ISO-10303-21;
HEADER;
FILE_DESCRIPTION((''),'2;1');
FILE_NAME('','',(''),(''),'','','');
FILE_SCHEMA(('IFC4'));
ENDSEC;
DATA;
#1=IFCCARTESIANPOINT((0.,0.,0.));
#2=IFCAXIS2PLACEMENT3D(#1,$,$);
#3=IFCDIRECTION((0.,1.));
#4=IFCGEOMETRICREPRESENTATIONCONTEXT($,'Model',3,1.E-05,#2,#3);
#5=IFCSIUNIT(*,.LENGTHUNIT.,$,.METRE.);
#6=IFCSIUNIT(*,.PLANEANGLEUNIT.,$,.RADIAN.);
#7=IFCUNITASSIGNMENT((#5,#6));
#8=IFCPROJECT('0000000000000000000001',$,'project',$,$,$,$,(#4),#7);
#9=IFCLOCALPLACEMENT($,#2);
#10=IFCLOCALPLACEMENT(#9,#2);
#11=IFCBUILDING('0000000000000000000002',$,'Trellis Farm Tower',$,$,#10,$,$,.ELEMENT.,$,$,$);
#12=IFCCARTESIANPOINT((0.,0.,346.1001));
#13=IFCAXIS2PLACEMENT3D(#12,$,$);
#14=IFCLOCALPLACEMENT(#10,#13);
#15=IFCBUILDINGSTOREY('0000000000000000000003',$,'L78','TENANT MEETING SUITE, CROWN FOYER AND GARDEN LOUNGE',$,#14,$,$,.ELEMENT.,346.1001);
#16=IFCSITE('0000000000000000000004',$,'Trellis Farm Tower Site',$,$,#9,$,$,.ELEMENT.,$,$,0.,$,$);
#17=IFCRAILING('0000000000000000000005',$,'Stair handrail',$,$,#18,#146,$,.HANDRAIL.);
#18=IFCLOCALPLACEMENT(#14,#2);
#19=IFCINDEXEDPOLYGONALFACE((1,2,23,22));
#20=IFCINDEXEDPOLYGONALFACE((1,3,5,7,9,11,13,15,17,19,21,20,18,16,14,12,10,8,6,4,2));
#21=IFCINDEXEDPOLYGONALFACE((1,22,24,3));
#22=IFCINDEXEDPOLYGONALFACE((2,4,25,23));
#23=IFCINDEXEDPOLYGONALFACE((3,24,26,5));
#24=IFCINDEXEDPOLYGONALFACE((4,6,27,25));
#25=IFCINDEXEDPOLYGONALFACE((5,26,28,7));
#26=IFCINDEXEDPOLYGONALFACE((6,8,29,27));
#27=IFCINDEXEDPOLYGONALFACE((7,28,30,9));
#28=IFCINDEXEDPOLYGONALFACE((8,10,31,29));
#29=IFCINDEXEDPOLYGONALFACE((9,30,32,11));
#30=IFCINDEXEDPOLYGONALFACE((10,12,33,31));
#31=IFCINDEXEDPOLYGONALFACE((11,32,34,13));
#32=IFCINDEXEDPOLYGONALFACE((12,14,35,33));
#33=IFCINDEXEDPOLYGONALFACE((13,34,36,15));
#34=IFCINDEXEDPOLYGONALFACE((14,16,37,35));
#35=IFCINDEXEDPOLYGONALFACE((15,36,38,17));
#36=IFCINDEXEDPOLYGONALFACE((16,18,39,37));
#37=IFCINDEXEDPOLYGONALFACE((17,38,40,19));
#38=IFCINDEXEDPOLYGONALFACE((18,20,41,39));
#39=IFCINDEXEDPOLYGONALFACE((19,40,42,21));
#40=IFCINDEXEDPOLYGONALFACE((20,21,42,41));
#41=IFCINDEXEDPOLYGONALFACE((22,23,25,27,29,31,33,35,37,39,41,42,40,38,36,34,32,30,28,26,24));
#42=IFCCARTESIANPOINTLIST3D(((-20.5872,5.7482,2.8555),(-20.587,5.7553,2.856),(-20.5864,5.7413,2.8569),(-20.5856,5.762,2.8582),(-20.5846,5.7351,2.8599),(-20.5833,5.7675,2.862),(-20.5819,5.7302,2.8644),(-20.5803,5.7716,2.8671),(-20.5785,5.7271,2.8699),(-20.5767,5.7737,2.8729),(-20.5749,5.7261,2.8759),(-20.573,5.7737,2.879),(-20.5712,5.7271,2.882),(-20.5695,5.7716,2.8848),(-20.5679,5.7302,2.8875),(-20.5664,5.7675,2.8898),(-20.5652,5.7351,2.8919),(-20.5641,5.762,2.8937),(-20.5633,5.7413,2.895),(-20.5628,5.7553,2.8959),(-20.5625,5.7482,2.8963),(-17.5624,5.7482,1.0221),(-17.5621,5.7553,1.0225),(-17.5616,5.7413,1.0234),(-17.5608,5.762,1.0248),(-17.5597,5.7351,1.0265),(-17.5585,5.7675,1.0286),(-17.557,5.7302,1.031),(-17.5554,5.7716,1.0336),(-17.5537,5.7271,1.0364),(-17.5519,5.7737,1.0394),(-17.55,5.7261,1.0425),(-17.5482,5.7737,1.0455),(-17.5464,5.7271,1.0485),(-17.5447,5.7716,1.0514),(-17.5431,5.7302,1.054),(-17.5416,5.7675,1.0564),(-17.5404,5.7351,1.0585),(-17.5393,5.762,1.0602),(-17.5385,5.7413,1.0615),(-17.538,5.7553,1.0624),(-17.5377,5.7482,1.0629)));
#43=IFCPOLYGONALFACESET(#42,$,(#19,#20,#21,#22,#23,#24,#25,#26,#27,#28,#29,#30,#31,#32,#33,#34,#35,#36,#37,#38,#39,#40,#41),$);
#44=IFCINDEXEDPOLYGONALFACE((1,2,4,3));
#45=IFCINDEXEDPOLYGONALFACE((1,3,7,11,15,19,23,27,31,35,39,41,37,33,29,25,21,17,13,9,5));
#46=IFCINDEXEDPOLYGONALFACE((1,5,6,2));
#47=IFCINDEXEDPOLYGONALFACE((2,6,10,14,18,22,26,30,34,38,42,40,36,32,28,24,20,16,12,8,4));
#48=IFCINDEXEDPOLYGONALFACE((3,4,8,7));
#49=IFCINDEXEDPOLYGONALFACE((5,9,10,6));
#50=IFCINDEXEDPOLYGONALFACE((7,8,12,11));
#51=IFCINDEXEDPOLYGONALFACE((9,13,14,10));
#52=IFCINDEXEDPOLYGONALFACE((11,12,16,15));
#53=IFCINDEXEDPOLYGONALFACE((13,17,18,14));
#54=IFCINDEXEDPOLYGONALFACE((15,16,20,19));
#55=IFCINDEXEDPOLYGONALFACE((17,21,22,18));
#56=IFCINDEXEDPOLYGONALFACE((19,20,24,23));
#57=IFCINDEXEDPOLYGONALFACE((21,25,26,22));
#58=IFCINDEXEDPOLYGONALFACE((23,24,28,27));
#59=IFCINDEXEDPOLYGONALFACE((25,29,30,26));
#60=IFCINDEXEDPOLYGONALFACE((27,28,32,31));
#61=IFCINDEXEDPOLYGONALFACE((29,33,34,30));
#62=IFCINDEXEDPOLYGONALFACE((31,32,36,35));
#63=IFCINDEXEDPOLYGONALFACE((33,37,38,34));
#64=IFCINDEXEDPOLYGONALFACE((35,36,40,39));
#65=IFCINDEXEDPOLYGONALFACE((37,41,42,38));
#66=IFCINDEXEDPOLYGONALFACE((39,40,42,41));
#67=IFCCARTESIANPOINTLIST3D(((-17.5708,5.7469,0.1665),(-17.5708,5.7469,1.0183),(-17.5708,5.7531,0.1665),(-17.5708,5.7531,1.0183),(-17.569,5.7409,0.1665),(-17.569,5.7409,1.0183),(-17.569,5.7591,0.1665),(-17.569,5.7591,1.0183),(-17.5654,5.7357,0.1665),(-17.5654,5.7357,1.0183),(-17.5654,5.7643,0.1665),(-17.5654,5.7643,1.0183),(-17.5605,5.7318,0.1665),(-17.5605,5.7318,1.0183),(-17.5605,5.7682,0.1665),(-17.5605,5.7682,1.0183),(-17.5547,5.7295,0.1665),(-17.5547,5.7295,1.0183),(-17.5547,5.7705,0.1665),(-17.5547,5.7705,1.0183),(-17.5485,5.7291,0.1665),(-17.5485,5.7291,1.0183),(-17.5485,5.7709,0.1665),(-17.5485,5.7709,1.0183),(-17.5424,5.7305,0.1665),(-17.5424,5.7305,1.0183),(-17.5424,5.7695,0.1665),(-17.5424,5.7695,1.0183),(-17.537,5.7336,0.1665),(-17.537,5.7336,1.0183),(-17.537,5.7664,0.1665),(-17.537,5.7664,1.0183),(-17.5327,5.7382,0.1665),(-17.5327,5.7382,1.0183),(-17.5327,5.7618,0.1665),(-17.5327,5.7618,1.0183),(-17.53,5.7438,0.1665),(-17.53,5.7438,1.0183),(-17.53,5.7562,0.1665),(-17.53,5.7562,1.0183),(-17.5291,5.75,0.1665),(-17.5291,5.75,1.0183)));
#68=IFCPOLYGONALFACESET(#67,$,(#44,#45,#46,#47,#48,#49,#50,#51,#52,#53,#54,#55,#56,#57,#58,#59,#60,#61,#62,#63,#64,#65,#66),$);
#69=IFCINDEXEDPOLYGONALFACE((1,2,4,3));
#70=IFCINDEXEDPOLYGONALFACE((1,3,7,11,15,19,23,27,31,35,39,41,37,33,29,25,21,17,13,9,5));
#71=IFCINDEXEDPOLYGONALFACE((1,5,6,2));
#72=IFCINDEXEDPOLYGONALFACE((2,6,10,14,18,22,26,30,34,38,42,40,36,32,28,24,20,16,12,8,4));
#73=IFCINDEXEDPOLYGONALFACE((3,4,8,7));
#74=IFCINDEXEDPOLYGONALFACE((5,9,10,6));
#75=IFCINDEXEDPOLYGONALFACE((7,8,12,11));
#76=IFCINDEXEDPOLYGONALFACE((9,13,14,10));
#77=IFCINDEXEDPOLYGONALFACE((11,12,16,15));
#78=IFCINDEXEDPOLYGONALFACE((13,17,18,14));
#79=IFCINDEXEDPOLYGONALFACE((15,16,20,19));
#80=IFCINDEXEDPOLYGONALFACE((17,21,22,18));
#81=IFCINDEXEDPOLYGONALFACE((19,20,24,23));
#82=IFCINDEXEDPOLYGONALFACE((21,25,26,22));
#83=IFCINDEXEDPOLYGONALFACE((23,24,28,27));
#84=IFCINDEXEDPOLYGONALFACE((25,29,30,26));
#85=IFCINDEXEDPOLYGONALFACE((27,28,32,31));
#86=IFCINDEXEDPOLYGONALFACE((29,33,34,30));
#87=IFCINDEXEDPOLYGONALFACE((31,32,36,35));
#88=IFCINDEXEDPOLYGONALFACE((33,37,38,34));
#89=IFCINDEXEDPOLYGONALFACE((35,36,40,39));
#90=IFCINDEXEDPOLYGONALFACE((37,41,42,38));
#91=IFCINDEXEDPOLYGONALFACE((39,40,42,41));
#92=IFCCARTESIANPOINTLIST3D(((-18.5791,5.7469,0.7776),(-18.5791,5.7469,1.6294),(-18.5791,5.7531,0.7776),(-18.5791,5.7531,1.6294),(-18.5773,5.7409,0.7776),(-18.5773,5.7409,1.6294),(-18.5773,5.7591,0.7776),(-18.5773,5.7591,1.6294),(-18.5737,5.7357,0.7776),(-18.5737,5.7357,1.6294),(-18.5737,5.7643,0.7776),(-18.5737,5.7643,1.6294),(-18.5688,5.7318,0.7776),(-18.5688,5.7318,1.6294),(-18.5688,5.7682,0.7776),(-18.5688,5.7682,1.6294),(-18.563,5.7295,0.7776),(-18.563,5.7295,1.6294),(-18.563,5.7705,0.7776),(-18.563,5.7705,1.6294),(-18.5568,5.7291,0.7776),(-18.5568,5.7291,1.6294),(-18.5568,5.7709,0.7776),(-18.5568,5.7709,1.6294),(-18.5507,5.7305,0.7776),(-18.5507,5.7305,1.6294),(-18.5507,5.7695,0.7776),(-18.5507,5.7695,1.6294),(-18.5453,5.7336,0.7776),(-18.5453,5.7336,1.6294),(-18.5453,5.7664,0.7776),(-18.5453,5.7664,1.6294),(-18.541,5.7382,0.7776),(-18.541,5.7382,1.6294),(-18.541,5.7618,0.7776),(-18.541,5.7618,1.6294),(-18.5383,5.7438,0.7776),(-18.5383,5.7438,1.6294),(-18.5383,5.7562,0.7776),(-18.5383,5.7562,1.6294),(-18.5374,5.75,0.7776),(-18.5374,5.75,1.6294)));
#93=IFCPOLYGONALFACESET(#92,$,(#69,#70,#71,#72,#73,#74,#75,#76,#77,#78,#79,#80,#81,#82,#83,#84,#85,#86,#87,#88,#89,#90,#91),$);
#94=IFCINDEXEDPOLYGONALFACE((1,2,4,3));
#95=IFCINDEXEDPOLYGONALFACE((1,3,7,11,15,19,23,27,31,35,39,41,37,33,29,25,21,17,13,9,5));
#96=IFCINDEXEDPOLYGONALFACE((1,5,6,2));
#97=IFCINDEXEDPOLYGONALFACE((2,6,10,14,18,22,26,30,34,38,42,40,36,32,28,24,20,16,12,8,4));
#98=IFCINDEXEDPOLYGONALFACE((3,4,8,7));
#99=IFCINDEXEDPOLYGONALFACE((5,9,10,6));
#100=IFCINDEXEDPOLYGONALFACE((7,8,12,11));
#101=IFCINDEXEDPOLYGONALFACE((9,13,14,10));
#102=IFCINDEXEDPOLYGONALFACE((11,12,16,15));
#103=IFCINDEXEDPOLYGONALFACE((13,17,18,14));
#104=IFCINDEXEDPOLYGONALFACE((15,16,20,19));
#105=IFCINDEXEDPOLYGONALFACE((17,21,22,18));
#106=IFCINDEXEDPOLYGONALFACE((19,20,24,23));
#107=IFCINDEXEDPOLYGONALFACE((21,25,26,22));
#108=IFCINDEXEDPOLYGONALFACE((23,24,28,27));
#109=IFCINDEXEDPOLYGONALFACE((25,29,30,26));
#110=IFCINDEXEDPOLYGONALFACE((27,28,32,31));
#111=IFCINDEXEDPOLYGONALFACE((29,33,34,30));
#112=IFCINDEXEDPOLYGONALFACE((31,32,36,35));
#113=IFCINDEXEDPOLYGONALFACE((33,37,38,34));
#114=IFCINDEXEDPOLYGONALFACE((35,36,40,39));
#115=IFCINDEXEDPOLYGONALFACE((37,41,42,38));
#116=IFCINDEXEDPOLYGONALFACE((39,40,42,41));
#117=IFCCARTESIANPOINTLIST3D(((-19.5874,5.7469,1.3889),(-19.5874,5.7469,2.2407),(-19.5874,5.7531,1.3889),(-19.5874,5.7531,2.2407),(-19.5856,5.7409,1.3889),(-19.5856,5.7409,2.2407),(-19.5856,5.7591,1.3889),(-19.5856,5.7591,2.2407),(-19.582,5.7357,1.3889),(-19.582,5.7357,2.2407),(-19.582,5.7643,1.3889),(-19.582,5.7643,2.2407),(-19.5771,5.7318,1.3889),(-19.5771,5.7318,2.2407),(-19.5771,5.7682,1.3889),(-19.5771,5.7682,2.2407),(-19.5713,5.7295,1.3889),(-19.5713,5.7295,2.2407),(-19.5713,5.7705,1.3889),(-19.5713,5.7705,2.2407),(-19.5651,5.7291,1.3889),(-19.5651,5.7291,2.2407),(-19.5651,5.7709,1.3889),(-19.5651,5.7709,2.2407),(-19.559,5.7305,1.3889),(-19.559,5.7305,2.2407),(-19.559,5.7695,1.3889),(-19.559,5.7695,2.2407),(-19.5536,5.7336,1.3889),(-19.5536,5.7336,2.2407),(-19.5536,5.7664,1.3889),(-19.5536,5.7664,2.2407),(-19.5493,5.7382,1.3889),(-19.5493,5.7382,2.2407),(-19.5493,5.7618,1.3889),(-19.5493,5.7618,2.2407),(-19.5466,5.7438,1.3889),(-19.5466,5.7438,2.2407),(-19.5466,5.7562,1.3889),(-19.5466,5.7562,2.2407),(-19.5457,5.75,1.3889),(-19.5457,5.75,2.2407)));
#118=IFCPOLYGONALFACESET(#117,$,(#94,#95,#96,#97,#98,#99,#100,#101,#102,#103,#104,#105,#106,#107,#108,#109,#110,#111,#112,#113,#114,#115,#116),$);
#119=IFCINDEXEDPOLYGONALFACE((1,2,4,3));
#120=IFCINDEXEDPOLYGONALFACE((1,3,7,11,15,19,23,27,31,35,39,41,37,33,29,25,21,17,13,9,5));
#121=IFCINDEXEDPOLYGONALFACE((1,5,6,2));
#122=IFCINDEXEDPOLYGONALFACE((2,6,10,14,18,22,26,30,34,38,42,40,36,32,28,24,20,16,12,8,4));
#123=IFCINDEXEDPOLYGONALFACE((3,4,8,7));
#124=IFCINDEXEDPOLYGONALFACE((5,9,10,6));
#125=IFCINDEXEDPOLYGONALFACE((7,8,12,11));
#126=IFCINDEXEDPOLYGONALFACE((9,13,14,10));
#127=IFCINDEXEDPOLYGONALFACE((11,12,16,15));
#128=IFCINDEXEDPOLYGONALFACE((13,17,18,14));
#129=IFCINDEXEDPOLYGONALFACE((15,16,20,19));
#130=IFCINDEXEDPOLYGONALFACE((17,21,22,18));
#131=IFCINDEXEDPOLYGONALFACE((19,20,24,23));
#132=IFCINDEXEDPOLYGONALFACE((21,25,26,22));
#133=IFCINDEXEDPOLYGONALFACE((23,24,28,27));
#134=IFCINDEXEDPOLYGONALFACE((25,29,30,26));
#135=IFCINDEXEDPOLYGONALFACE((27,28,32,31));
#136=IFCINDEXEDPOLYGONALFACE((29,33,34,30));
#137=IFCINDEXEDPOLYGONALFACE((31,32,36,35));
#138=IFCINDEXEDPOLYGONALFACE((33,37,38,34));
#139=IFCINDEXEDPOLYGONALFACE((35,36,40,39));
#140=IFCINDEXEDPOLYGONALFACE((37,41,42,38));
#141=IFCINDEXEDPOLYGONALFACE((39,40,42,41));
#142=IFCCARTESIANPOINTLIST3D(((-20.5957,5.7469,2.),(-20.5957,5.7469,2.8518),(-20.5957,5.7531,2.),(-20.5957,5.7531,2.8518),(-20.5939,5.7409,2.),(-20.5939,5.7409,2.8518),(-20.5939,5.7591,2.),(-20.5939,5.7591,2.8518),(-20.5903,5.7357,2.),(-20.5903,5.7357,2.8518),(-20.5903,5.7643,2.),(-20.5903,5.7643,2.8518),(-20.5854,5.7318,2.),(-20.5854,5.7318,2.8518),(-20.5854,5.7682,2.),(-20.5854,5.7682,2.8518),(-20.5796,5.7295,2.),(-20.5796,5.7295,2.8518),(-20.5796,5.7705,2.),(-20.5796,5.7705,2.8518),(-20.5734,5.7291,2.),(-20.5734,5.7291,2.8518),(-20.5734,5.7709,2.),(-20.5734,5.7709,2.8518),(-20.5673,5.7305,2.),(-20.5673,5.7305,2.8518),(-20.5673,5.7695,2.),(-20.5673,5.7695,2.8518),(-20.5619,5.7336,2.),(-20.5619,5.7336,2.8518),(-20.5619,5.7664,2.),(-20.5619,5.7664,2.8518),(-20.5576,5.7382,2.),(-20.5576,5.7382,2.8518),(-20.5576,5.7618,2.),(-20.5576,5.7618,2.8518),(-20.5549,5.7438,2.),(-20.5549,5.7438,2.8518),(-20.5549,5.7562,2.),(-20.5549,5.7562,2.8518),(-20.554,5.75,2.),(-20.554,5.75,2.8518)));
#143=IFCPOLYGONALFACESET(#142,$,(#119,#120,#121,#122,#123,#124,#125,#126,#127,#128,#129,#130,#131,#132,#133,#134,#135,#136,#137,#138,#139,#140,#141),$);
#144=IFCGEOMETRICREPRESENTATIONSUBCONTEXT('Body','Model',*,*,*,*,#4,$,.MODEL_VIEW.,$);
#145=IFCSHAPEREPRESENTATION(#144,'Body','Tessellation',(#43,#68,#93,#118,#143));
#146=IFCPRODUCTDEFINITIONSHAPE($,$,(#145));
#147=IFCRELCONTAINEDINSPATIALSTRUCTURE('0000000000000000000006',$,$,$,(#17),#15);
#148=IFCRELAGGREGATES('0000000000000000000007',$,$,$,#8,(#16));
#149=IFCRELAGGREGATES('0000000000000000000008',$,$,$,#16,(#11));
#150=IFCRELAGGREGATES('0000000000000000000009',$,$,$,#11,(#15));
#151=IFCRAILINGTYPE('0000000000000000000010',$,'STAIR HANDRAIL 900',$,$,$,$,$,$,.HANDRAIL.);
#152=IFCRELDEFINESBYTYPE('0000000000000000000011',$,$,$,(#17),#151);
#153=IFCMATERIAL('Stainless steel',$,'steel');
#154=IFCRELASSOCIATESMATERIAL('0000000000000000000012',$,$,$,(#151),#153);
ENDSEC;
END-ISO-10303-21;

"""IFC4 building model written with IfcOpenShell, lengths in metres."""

from ifc_helpers import new_model, si_unit, direction, frame, origin, origin_2d, place, context, subcontext, project, spatial, circle, extrude, source, transform, mapped, material, type_object, element, save


model = new_model("IFC4")

# Units and contexts
model_context = context("Model", 3, precision=1e-05, world=origin(), true_north=direction((0.0, 1.0)))
body_context = subcontext(model_context, "Body", "Model", "MODEL_VIEW")
ifc_project = project(units=[si_unit("LENGTHUNIT", "METRE"), si_unit("PLANEANGLEUNIT", "RADIAN")], contexts=[model_context])

# Site, building, storey
site_placement = place(None, origin())
site = spatial("IfcSite", under=ifc_project, at=site_placement, Name="Trellis Farm Tower Site", CompositionType="ELEMENT", RefElevation=0.0)
building_placement = place(site_placement, origin())
building = spatial("IfcBuilding", under=site, at=building_placement, Name="Trellis Farm Tower", CompositionType="ELEMENT")
storey_placement = place(building_placement, frame((0.0, 0.0, 346.1001)))
storey = spatial("IfcBuildingStorey", under=building, at=storey_placement, Name="L78", Description="TENANT MEETING SUITE, CROWN FOYER AND GARDEN LOUNGE", CompositionType="ELEMENT", Elevation=346.1001)

# Railing
ifc_material_1 = material(Name="Stainless steel", Category="steel")
railing_type_1 = type_object("IfcRailingType", Name="STAIR HANDRAIL 900", PredefinedType="HANDRAIL", material=ifc_material_1)
shared_shape_1 = source(origin(), body_context, "Body", "SweptSolid", [
    extrude(circle(Radius=0.0239, at=origin_2d()), frame((0.0, 0.0, 0.876), z_axis=(-0.85517, 0.0, 0.518348), x_axis=(0.0, -1.0, 0.0)), (0.0, 0.0, 1.0), 3.5371),
    extrude(circle(Radius=0.021, at=origin_2d()), origin(), (0.0, 0.0, 1.0), 0.8518),
    extrude(circle(Radius=0.021, at=origin_2d()), frame((-1.0083, 0.0, 0.6111)), (0.0, 0.0, 1.0), 0.8518),
    extrude(circle(Radius=0.021, at=origin_2d()), frame((-2.0166, 0.0, 1.2224)), (0.0, 0.0, 1.0), 0.8518),
    extrude(circle(Radius=0.021, at=origin_2d()), frame((-3.0249, 0.0, 1.8335)), (0.0, 0.0, 1.0), 0.8518),
])
for number, where, name in (
    (1, (-17.55, 5.75, 0.1665), "Stair handrail"),
):
    element("IfcRailing", number, at=place(storey_placement, frame(where)), inside=storey, type_object=railing_type_1, Name=name, PredefinedType="HANDRAIL", context=body_context, shape_type="MappedRepresentation", body=[
        mapped(shared_shape_1, transform((0.0, 0.0, 0.0))),
    ])

save(model, "model.ifc")
